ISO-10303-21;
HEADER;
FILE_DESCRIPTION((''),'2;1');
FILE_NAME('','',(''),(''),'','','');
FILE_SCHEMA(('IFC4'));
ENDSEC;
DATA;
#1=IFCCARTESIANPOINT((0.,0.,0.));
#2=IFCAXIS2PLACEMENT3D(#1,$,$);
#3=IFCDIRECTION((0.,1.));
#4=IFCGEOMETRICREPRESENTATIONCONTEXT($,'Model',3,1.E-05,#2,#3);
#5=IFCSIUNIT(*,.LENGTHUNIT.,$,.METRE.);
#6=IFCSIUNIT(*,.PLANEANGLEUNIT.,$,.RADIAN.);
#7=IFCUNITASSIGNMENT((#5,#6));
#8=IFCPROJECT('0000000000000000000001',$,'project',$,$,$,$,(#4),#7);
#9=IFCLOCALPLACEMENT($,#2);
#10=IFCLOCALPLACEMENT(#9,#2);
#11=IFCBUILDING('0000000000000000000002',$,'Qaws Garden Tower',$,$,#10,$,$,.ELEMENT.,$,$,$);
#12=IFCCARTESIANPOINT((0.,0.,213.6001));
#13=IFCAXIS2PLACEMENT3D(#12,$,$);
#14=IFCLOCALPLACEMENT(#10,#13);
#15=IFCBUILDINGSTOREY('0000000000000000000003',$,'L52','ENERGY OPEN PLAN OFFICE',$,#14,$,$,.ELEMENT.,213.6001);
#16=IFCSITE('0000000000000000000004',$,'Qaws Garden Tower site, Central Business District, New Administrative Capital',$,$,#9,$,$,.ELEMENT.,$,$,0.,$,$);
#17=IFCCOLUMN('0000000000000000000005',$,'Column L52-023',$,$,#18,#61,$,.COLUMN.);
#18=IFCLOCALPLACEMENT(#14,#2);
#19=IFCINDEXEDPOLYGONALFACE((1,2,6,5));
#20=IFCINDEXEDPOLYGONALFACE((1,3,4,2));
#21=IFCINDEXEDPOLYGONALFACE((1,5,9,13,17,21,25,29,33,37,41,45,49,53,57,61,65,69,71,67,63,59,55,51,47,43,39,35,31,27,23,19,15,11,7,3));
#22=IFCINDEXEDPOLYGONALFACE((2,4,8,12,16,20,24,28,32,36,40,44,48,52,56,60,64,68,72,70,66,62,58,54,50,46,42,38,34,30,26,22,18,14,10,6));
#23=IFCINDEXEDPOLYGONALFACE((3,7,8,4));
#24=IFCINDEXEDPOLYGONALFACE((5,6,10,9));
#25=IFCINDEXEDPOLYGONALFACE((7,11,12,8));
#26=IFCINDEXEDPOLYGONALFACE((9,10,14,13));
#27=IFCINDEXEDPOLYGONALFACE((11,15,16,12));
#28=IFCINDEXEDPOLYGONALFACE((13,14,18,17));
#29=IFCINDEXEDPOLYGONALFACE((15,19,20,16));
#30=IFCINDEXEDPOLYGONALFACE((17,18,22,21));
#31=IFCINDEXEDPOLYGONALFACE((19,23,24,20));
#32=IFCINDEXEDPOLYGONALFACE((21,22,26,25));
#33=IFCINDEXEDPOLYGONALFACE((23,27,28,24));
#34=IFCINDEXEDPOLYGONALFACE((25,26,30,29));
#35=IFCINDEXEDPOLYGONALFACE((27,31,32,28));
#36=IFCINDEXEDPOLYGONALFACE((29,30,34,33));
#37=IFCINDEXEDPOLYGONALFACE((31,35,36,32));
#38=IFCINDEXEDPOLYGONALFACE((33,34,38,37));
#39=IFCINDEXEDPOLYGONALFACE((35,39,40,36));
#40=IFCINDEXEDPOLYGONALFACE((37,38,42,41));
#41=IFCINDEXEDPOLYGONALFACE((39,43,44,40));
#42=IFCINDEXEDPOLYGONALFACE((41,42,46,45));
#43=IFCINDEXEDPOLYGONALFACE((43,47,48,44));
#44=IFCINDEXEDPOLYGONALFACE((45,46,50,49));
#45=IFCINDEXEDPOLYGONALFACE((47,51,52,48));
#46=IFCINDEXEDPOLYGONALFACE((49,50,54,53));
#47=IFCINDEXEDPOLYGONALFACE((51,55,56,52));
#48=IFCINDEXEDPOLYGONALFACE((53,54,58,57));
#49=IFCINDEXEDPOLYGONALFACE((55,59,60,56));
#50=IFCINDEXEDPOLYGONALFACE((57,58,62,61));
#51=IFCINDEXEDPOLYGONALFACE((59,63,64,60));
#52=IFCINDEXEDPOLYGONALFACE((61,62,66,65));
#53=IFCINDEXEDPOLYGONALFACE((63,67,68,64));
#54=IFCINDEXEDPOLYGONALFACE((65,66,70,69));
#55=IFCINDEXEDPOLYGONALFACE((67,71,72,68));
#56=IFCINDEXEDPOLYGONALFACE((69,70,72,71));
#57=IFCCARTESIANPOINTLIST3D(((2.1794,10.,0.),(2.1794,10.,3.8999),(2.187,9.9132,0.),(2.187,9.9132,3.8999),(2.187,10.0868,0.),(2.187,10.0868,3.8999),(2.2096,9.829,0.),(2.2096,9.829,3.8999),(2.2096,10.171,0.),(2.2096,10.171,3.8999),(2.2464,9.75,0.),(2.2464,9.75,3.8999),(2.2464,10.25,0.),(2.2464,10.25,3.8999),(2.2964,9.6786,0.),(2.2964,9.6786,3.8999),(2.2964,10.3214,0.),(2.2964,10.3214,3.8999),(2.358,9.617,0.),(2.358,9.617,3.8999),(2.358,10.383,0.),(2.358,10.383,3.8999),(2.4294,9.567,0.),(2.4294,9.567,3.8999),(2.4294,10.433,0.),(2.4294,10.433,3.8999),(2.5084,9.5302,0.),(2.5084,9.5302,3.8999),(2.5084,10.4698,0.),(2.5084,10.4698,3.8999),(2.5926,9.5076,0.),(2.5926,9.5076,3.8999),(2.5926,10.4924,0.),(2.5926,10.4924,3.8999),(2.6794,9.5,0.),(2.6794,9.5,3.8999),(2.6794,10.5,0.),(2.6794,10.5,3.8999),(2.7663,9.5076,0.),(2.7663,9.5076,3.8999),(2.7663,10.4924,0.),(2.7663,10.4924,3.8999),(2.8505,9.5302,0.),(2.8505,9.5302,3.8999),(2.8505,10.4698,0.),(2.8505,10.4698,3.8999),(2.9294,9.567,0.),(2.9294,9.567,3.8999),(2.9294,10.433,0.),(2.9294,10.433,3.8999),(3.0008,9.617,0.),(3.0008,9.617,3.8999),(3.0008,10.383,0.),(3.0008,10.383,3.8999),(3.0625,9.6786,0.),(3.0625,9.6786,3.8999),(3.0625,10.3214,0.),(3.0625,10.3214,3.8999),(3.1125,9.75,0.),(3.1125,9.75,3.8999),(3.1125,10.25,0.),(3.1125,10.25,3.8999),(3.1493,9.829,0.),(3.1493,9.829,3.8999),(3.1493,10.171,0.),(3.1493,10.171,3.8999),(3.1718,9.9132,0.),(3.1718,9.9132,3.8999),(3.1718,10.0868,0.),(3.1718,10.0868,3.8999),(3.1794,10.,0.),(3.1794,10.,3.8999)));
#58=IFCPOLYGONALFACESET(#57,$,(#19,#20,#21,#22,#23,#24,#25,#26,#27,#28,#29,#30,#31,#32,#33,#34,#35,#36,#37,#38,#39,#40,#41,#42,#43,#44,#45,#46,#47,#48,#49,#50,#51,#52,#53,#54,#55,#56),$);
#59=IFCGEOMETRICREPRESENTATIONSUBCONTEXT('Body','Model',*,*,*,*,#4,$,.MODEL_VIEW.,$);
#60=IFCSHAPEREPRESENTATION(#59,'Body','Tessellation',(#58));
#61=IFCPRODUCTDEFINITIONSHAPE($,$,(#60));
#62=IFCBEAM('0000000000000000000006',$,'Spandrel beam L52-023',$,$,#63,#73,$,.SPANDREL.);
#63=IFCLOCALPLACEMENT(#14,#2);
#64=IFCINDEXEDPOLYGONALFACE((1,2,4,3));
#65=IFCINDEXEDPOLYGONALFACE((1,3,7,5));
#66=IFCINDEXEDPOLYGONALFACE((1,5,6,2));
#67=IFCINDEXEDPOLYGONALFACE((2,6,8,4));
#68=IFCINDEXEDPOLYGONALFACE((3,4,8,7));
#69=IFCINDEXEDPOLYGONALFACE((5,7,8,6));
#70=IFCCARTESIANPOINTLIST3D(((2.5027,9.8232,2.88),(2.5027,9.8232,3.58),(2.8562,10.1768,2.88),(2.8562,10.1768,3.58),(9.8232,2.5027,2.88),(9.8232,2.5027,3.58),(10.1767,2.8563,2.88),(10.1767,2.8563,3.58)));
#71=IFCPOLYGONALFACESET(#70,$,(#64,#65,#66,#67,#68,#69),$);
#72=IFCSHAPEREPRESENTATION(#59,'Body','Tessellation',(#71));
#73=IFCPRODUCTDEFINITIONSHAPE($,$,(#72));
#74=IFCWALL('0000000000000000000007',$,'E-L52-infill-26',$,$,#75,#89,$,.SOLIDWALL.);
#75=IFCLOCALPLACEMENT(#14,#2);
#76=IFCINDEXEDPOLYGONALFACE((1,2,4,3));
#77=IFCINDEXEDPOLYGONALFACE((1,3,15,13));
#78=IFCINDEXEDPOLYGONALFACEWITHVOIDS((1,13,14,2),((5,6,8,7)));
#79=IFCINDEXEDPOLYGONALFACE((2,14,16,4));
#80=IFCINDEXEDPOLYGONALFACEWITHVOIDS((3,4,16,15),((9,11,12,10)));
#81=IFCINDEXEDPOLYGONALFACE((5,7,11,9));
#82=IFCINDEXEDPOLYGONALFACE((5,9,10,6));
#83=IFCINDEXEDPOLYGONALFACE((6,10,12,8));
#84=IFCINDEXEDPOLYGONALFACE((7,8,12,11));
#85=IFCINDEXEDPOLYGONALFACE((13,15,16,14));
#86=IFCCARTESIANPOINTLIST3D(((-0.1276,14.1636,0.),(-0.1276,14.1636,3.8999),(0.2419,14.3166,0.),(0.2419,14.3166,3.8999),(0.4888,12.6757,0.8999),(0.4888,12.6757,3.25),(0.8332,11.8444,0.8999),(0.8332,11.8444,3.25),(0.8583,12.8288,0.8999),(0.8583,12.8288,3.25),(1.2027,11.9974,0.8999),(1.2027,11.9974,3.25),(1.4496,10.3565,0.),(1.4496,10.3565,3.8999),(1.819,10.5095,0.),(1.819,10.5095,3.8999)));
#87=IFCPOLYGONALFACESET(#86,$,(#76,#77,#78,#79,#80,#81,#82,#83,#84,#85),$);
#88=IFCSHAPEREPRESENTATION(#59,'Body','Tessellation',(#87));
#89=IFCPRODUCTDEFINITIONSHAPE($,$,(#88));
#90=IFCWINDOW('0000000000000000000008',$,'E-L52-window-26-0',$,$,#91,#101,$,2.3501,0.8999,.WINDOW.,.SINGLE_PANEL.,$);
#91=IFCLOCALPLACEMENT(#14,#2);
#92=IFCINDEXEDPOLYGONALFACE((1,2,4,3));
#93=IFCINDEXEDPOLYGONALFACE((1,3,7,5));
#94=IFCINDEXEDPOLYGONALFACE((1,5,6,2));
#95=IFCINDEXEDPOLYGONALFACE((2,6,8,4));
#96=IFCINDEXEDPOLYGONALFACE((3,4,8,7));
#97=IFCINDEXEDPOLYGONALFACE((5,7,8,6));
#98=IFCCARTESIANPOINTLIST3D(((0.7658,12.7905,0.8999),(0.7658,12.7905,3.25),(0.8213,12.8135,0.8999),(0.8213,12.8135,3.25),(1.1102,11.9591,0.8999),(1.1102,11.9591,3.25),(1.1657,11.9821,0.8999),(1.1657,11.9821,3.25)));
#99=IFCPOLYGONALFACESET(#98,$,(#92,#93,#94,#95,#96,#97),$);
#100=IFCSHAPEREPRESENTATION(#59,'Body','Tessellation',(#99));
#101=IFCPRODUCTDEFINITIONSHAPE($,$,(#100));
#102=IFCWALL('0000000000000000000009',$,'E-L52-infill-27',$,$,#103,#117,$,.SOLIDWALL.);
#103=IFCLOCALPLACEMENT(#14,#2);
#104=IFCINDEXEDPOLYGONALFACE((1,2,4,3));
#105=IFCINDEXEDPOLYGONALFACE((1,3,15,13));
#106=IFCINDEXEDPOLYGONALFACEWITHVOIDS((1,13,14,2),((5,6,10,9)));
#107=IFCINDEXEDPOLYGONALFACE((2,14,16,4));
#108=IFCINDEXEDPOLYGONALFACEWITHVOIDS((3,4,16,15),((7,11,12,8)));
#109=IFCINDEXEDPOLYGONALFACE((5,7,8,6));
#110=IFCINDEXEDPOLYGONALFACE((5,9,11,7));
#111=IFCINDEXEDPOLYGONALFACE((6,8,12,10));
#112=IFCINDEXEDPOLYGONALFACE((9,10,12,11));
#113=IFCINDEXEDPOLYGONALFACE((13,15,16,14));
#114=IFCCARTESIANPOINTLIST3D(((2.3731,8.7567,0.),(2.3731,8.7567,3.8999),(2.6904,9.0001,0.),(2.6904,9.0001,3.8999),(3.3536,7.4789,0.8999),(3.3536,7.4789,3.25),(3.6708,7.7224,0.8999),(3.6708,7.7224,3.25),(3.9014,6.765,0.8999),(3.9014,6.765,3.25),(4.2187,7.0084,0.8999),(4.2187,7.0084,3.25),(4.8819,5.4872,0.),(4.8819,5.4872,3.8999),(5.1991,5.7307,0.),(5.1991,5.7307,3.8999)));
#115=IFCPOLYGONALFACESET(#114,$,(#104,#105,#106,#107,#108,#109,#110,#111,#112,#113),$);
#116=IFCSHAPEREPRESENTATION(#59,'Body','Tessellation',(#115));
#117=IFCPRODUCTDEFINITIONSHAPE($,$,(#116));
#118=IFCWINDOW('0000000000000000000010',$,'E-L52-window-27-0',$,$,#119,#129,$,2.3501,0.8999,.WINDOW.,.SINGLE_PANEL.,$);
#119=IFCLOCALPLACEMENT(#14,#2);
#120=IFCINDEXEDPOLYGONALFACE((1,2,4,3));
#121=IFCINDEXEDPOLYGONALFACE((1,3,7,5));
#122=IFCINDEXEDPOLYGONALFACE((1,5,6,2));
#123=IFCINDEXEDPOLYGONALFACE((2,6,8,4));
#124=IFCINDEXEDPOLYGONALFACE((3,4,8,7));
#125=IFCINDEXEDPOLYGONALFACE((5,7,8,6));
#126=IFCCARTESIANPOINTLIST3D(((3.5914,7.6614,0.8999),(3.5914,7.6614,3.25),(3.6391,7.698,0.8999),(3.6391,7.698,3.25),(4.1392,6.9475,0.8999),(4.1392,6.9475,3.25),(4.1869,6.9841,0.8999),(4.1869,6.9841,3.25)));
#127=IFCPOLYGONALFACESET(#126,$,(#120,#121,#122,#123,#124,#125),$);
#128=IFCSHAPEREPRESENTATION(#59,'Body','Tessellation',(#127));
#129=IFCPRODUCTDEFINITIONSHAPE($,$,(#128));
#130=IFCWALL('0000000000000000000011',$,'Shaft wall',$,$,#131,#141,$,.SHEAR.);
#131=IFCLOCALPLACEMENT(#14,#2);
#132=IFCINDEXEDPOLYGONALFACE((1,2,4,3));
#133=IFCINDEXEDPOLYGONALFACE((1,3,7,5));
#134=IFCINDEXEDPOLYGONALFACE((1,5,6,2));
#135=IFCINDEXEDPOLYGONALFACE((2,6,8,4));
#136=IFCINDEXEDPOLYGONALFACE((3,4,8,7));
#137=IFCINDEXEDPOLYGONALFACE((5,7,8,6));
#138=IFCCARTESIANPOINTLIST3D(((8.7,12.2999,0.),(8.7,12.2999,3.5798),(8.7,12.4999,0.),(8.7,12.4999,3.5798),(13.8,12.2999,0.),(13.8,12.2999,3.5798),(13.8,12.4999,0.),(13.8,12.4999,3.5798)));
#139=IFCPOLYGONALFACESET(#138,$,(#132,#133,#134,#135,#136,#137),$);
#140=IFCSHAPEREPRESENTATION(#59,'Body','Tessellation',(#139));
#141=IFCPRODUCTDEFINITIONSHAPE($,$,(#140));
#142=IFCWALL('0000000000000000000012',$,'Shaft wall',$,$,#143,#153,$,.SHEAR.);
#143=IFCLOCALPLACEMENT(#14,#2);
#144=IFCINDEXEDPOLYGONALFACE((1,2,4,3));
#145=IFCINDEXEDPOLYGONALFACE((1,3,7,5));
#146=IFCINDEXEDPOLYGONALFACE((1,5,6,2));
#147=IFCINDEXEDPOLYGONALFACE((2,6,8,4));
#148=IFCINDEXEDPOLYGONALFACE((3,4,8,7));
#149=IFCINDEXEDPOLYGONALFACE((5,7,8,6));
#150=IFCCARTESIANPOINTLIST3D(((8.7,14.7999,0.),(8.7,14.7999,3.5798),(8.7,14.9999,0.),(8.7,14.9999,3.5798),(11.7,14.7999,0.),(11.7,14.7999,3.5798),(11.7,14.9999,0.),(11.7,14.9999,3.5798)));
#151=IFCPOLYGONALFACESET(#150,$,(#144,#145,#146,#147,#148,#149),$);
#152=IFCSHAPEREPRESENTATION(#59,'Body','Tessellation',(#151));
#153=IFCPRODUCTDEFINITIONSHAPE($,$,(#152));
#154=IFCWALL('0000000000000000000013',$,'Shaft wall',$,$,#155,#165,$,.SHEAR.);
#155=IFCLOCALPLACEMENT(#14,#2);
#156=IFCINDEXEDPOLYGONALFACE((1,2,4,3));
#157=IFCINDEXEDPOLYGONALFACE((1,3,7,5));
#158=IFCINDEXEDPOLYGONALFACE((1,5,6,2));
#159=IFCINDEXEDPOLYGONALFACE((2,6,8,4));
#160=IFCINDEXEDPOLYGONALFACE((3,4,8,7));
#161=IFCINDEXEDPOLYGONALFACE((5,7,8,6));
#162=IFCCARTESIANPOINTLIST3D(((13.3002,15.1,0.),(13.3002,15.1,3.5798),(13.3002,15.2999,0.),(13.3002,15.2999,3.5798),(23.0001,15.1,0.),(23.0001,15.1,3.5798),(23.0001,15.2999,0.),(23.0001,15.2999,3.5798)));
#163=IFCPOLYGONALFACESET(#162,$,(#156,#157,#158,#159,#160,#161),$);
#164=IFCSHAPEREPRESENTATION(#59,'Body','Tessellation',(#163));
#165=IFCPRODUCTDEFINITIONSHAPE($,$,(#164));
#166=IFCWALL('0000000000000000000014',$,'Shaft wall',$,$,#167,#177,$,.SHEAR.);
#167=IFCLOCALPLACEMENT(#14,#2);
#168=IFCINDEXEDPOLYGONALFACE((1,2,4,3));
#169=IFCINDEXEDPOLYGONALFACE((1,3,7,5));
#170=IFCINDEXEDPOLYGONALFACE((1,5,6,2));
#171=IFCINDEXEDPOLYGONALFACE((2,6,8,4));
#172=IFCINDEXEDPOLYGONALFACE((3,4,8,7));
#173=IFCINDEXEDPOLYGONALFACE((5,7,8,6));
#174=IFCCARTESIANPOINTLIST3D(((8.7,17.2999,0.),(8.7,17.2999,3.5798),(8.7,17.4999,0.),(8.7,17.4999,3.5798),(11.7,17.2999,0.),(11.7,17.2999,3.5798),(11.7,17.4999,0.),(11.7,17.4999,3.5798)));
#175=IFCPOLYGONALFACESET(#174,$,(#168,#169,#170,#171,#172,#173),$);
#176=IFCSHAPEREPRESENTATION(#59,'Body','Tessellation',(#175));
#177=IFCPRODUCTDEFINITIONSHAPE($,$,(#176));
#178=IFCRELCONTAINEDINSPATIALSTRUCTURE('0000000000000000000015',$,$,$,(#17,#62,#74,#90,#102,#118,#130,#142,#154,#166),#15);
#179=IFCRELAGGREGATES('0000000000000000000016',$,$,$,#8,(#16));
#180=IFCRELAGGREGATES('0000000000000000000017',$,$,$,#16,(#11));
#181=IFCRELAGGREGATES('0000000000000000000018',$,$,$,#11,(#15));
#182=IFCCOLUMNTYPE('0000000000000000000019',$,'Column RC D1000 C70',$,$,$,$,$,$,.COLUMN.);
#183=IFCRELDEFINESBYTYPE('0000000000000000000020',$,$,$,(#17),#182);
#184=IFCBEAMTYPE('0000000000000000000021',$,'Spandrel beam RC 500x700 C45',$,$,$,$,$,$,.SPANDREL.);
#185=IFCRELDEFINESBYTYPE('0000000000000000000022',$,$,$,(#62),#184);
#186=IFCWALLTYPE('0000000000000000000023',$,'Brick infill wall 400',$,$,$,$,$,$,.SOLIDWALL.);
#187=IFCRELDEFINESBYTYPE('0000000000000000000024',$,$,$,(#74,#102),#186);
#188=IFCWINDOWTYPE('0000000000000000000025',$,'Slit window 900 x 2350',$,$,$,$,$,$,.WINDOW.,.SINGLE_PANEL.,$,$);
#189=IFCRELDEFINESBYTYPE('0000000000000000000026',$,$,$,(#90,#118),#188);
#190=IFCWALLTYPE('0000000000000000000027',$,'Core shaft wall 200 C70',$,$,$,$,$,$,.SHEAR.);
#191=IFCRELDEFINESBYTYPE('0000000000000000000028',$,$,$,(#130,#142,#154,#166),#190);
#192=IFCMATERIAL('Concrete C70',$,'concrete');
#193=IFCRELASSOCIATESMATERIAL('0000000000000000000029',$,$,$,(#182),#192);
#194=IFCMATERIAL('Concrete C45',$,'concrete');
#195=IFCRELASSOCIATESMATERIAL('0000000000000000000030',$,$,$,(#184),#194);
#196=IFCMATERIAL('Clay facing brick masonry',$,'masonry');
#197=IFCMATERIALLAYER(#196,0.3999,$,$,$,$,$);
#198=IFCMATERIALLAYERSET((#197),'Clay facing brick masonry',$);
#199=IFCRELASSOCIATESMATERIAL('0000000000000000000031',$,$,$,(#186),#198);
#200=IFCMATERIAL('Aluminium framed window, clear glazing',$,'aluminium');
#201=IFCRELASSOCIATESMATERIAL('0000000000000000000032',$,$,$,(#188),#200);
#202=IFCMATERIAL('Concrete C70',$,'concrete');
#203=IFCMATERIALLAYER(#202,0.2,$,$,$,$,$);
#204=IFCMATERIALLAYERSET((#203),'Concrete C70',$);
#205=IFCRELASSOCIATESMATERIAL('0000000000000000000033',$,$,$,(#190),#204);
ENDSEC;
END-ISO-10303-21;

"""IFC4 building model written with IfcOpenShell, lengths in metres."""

from ifc_helpers import new_model, si_unit, direction, frame, frame_2d, origin, origin_2d, place, context, subcontext, project, spatial, rectangle, circle, extrude, material, layer, layer_set, material_profile, profile_set, type_object, element, fill, save


model = new_model("IFC4")

# Units and contexts
model_context = context("Model", 3, precision=1e-05, world=origin(), true_north=direction((0.0, 1.0)))
body_context = subcontext(model_context, "Body", "Model", "MODEL_VIEW")
ifc_project = project(units=[si_unit("LENGTHUNIT", "METRE"), si_unit("PLANEANGLEUNIT", "RADIAN")], contexts=[model_context])

# Site, building, storey
site_placement = place(None, origin())
site = spatial("IfcSite", under=ifc_project, at=site_placement, Name="Qaws Garden Tower site, Central Business District, New Administrative Capital", CompositionType="ELEMENT", RefElevation=0.0)
building_placement = place(site_placement, origin())
building = spatial("IfcBuilding", under=site, at=building_placement, Name="Qaws Garden Tower", CompositionType="ELEMENT")
storey_placement = place(building_placement, frame((0.0, 0.0, 213.6001)))
storey = spatial("IfcBuildingStorey", under=building, at=storey_placement, Name="L52", Description="ENERGY OPEN PLAN OFFICE", CompositionType="ELEMENT", Elevation=213.6001)

# Column
ifc_material_1 = material(Name="Concrete C70", Category="concrete")
ifc_material_profile_1 = material_profile(ifc_material_1, circle(Radius=0.5, at=origin_2d()), Name="RC D1000")
ifc_profile_set_1 = profile_set([ifc_material_profile_1], Name="Concrete C70")
column_type = type_object("IfcColumnType", Name="Column RC D1000 C70", PredefinedType="COLUMN", material=ifc_profile_set_1)
column_placement = place(storey_placement, frame((2.6794, 10.0, 0.0), z_axis=(0.0, 0.0, 1.0), x_axis=(1.0, 0.0, 0.0)))
element("IfcColumn", 1, at=column_placement, inside=storey, type_object=column_type, Name="Column L52-023", PredefinedType="COLUMN", context=body_context, shape_type="SweptSolid", body=[
    extrude(circle(Radius=0.5, at=origin_2d()), origin(), (0.0, 0.0, 1.0), 3.8999),
])

# Beam
ifc_material_2 = material(Name="Concrete C45", Category="concrete")
ifc_material_profile_2 = material_profile(ifc_material_2, rectangle(XDim=0.5, YDim=0.7, at=origin_2d()), Name="RC 500x700")
ifc_profile_set_2 = profile_set([ifc_material_profile_2], Name="Concrete C45")
beam_type = type_object("IfcBeamType", Name="Spandrel beam RC 500x700 C45", PredefinedType="SPANDREL", material=ifc_profile_set_2)
beam_placement = place(storey_placement, frame((2.6794, 10.0, 3.23), z_axis=(0.707107, -0.707107, 0.0), x_axis=(0.707107, 0.707107, 0.0)))
element("IfcBeam", 2, at=beam_placement, inside=storey, type_object=beam_type, Name="Spandrel beam L52-023", PredefinedType="SPANDREL", context=body_context, shape_type="SweptSolid", body=[
    extrude(rectangle(XDim=0.5, YDim=0.7, at=origin_2d()), origin(), (0.0, 0.0, 1.0), 10.3528),
])

# Walls, openings, windows
ifc_material_3 = material(Name="Clay facing brick masonry", Category="masonry")
ifc_layer_1 = layer(ifc_material_3, 0.3999)
ifc_layer_set_1 = layer_set([ifc_layer_1], Name="Clay facing brick masonry")
wall_type_1 = type_object("IfcWallType", Name="Brick infill wall 400", PredefinedType="SOLIDWALL", material=ifc_layer_set_1)
wall_1_placement = place(storey_placement, frame((0.0571, 14.2402, 0.0), z_axis=(0.0, 0.0, 1.0), x_axis=(0.382722, -0.923864, 0.0)))
wall_1 = element("IfcWall", 3, at=wall_1_placement, inside=storey, type_object=wall_type_1, Name="E-L52-infill-26", PredefinedType="SOLIDWALL", context=body_context, shape_type="SweptSolid", body=[
    extrude(rectangle(XDim=4.1208, YDim=0.3999, at=frame_2d((2.0605, 0.0))), origin(), (0.0, 0.0, 1.0), 3.8999),
])
opening_1_placement = place(wall_1_placement, frame((1.6106, 0.0, 0.8999)))
opening_1 = element("IfcOpeningElement", 4, at=opening_1_placement, cuts=wall_1, PredefinedType="OPENING", context=body_context, shape_type="SweptSolid", body=[
    extrude(rectangle(XDim=0.8999, YDim=2.3501, at=frame_2d((0.45, 1.175))), frame((0.0, 0.21, 0.0), z_axis=(0.0, -1.0, 0.0), x_axis=(1.0, 0.0, 0.0)), (0.0, 0.0, 1.0), 0.4199),
])
ifc_material_4 = material(Name="Aluminium framed window, clear glazing", Category="aluminium")
window_type = type_object("IfcWindowType", Name="Slit window 900 x 2350", PartitioningType="SINGLE_PANEL", PredefinedType="WINDOW", material=ifc_material_4)
window_1_placement = place(opening_1_placement, origin())
window_1 = element("IfcWindow", 5, at=window_1_placement, inside=storey, type_object=window_type, Name="E-L52-window-26-0", OverallHeight=2.3501, OverallWidth=0.8999, PartitioningType="SINGLE_PANEL", PredefinedType="WINDOW", context=body_context, shape_type="SweptSolid", body=[
    extrude(rectangle(XDim=0.8999, YDim=2.3501, at=frame_2d((0.45, 1.175))), frame((0.0, 0.1599, 0.0), z_axis=(0.0, -1.0, 0.0), x_axis=(1.0, 0.0, 0.0)), (0.0, 0.0, 1.0), 0.0601),
])
fill(opening_1, window_1)
wall_2_placement = place(storey_placement, frame((2.5317, 8.8784, 0.0), z_axis=(0.0, 0.0, 1.0), x_axis=(0.60876, -0.793355, 0.0)))
wall_2 = element("IfcWall", 6, at=wall_2_placement, inside=storey, type_object=wall_type_1, Name="E-L52-infill-27", PredefinedType="SOLIDWALL", context=body_context, shape_type="SweptSolid", body=[
    extrude(rectangle(XDim=4.1211, YDim=0.3999, at=frame_2d((2.0605, 0.0))), origin(), (0.0, 0.0, 1.0), 3.8999),
])
opening_2_placement = place(wall_2_placement, frame((1.6106, 0.0, 0.8999)))
opening_2 = element("IfcOpeningElement", 7, at=opening_2_placement, cuts=wall_2, PredefinedType="OPENING", context=body_context, shape_type="SweptSolid", body=[
    extrude(rectangle(XDim=0.8999, YDim=2.3501, at=frame_2d((0.45, 1.175))), frame((0.0, 0.21, 0.0), z_axis=(0.0, -1.0, 0.0), x_axis=(1.0, 0.0, 0.0)), (0.0, 0.0, 1.0), 0.4199),
])
window_2_placement = place(opening_2_placement, origin())
window_2 = element("IfcWindow", 8, at=window_2_placement, inside=storey, type_object=window_type, Name="E-L52-window-27-0", OverallHeight=2.3501, OverallWidth=0.8999, PartitioningType="SINGLE_PANEL", PredefinedType="WINDOW", context=body_context, shape_type="SweptSolid", body=[
    extrude(rectangle(XDim=0.8999, YDim=2.3501, at=frame_2d((0.45, 1.175))), frame((0.0, 0.1599, 0.0), z_axis=(0.0, -1.0, 0.0), x_axis=(1.0, 0.0, 0.0)), (0.0, 0.0, 1.0), 0.0601),
])
fill(opening_2, window_2)

# Walls
ifc_material_5 = material(Name="Concrete C70", Category="concrete")
ifc_layer_2 = layer(ifc_material_5, 0.2)
ifc_layer_set_2 = layer_set([ifc_layer_2], Name="Concrete C70")
wall_type_2 = type_object("IfcWallType", Name="Core shaft wall 200 C70", PredefinedType="SHEAR", material=ifc_layer_set_2)
wall_3_placement = place(storey_placement, frame((8.7, 12.3999, 0.0), z_axis=(0.0, 0.0, 1.0), x_axis=(1.0, 0.0, 0.0)))
element("IfcWall", 9, at=wall_3_placement, inside=storey, type_object=wall_type_2, Name="Shaft wall", PredefinedType="SHEAR", context=body_context, shape_type="SweptSolid", body=[
    extrude(rectangle(XDim=5.1001, YDim=0.2, at=frame_2d((2.55, 0.0))), origin(), (0.0, 0.0, 1.0), 3.5798),
])
wall_4_placement = place(storey_placement, frame((8.7, 14.8999, 0.0), z_axis=(0.0, 0.0, 1.0), x_axis=(1.0, 0.0, 0.0)))
element("IfcWall", 10, at=wall_4_placement, inside=storey, type_object=wall_type_2, Name="Shaft wall", PredefinedType="SHEAR", context=body_context, shape_type="SweptSolid", body=[
    extrude(rectangle(XDim=3.0, YDim=0.2, at=frame_2d((1.5, 0.0))), origin(), (0.0, 0.0, 1.0), 3.5798),
])
wall_5_placement = place(storey_placement, frame((13.3, 15.2, 0.0), z_axis=(0.0, 0.0, 1.0), x_axis=(1.0, 0.0, 0.0)))
element("IfcWall", 11, at=wall_5_placement, inside=storey, type_object=wall_type_2, Name="Shaft wall", PredefinedType="SHEAR", context=body_context, shape_type="SweptSolid", body=[
    extrude(rectangle(XDim=9.7, YDim=0.2, at=frame_2d((4.8501, 0.0))), origin(), (0.0, 0.0, 1.0), 3.5798),
])
wall_6_placement = place(storey_placement, frame((8.7, 17.3999, 0.0), z_axis=(0.0, 0.0, 1.0), x_axis=(1.0, 0.0, 0.0)))
element("IfcWall", 12, at=wall_6_placement, inside=storey, type_object=wall_type_2, Name="Shaft wall", PredefinedType="SHEAR", context=body_context, shape_type="SweptSolid", body=[
    extrude(rectangle(XDim=3.0, YDim=0.2, at=frame_2d((1.5, 0.0))), origin(), (0.0, 0.0, 1.0), 3.5798),
])

save(model, "model.ifc")
